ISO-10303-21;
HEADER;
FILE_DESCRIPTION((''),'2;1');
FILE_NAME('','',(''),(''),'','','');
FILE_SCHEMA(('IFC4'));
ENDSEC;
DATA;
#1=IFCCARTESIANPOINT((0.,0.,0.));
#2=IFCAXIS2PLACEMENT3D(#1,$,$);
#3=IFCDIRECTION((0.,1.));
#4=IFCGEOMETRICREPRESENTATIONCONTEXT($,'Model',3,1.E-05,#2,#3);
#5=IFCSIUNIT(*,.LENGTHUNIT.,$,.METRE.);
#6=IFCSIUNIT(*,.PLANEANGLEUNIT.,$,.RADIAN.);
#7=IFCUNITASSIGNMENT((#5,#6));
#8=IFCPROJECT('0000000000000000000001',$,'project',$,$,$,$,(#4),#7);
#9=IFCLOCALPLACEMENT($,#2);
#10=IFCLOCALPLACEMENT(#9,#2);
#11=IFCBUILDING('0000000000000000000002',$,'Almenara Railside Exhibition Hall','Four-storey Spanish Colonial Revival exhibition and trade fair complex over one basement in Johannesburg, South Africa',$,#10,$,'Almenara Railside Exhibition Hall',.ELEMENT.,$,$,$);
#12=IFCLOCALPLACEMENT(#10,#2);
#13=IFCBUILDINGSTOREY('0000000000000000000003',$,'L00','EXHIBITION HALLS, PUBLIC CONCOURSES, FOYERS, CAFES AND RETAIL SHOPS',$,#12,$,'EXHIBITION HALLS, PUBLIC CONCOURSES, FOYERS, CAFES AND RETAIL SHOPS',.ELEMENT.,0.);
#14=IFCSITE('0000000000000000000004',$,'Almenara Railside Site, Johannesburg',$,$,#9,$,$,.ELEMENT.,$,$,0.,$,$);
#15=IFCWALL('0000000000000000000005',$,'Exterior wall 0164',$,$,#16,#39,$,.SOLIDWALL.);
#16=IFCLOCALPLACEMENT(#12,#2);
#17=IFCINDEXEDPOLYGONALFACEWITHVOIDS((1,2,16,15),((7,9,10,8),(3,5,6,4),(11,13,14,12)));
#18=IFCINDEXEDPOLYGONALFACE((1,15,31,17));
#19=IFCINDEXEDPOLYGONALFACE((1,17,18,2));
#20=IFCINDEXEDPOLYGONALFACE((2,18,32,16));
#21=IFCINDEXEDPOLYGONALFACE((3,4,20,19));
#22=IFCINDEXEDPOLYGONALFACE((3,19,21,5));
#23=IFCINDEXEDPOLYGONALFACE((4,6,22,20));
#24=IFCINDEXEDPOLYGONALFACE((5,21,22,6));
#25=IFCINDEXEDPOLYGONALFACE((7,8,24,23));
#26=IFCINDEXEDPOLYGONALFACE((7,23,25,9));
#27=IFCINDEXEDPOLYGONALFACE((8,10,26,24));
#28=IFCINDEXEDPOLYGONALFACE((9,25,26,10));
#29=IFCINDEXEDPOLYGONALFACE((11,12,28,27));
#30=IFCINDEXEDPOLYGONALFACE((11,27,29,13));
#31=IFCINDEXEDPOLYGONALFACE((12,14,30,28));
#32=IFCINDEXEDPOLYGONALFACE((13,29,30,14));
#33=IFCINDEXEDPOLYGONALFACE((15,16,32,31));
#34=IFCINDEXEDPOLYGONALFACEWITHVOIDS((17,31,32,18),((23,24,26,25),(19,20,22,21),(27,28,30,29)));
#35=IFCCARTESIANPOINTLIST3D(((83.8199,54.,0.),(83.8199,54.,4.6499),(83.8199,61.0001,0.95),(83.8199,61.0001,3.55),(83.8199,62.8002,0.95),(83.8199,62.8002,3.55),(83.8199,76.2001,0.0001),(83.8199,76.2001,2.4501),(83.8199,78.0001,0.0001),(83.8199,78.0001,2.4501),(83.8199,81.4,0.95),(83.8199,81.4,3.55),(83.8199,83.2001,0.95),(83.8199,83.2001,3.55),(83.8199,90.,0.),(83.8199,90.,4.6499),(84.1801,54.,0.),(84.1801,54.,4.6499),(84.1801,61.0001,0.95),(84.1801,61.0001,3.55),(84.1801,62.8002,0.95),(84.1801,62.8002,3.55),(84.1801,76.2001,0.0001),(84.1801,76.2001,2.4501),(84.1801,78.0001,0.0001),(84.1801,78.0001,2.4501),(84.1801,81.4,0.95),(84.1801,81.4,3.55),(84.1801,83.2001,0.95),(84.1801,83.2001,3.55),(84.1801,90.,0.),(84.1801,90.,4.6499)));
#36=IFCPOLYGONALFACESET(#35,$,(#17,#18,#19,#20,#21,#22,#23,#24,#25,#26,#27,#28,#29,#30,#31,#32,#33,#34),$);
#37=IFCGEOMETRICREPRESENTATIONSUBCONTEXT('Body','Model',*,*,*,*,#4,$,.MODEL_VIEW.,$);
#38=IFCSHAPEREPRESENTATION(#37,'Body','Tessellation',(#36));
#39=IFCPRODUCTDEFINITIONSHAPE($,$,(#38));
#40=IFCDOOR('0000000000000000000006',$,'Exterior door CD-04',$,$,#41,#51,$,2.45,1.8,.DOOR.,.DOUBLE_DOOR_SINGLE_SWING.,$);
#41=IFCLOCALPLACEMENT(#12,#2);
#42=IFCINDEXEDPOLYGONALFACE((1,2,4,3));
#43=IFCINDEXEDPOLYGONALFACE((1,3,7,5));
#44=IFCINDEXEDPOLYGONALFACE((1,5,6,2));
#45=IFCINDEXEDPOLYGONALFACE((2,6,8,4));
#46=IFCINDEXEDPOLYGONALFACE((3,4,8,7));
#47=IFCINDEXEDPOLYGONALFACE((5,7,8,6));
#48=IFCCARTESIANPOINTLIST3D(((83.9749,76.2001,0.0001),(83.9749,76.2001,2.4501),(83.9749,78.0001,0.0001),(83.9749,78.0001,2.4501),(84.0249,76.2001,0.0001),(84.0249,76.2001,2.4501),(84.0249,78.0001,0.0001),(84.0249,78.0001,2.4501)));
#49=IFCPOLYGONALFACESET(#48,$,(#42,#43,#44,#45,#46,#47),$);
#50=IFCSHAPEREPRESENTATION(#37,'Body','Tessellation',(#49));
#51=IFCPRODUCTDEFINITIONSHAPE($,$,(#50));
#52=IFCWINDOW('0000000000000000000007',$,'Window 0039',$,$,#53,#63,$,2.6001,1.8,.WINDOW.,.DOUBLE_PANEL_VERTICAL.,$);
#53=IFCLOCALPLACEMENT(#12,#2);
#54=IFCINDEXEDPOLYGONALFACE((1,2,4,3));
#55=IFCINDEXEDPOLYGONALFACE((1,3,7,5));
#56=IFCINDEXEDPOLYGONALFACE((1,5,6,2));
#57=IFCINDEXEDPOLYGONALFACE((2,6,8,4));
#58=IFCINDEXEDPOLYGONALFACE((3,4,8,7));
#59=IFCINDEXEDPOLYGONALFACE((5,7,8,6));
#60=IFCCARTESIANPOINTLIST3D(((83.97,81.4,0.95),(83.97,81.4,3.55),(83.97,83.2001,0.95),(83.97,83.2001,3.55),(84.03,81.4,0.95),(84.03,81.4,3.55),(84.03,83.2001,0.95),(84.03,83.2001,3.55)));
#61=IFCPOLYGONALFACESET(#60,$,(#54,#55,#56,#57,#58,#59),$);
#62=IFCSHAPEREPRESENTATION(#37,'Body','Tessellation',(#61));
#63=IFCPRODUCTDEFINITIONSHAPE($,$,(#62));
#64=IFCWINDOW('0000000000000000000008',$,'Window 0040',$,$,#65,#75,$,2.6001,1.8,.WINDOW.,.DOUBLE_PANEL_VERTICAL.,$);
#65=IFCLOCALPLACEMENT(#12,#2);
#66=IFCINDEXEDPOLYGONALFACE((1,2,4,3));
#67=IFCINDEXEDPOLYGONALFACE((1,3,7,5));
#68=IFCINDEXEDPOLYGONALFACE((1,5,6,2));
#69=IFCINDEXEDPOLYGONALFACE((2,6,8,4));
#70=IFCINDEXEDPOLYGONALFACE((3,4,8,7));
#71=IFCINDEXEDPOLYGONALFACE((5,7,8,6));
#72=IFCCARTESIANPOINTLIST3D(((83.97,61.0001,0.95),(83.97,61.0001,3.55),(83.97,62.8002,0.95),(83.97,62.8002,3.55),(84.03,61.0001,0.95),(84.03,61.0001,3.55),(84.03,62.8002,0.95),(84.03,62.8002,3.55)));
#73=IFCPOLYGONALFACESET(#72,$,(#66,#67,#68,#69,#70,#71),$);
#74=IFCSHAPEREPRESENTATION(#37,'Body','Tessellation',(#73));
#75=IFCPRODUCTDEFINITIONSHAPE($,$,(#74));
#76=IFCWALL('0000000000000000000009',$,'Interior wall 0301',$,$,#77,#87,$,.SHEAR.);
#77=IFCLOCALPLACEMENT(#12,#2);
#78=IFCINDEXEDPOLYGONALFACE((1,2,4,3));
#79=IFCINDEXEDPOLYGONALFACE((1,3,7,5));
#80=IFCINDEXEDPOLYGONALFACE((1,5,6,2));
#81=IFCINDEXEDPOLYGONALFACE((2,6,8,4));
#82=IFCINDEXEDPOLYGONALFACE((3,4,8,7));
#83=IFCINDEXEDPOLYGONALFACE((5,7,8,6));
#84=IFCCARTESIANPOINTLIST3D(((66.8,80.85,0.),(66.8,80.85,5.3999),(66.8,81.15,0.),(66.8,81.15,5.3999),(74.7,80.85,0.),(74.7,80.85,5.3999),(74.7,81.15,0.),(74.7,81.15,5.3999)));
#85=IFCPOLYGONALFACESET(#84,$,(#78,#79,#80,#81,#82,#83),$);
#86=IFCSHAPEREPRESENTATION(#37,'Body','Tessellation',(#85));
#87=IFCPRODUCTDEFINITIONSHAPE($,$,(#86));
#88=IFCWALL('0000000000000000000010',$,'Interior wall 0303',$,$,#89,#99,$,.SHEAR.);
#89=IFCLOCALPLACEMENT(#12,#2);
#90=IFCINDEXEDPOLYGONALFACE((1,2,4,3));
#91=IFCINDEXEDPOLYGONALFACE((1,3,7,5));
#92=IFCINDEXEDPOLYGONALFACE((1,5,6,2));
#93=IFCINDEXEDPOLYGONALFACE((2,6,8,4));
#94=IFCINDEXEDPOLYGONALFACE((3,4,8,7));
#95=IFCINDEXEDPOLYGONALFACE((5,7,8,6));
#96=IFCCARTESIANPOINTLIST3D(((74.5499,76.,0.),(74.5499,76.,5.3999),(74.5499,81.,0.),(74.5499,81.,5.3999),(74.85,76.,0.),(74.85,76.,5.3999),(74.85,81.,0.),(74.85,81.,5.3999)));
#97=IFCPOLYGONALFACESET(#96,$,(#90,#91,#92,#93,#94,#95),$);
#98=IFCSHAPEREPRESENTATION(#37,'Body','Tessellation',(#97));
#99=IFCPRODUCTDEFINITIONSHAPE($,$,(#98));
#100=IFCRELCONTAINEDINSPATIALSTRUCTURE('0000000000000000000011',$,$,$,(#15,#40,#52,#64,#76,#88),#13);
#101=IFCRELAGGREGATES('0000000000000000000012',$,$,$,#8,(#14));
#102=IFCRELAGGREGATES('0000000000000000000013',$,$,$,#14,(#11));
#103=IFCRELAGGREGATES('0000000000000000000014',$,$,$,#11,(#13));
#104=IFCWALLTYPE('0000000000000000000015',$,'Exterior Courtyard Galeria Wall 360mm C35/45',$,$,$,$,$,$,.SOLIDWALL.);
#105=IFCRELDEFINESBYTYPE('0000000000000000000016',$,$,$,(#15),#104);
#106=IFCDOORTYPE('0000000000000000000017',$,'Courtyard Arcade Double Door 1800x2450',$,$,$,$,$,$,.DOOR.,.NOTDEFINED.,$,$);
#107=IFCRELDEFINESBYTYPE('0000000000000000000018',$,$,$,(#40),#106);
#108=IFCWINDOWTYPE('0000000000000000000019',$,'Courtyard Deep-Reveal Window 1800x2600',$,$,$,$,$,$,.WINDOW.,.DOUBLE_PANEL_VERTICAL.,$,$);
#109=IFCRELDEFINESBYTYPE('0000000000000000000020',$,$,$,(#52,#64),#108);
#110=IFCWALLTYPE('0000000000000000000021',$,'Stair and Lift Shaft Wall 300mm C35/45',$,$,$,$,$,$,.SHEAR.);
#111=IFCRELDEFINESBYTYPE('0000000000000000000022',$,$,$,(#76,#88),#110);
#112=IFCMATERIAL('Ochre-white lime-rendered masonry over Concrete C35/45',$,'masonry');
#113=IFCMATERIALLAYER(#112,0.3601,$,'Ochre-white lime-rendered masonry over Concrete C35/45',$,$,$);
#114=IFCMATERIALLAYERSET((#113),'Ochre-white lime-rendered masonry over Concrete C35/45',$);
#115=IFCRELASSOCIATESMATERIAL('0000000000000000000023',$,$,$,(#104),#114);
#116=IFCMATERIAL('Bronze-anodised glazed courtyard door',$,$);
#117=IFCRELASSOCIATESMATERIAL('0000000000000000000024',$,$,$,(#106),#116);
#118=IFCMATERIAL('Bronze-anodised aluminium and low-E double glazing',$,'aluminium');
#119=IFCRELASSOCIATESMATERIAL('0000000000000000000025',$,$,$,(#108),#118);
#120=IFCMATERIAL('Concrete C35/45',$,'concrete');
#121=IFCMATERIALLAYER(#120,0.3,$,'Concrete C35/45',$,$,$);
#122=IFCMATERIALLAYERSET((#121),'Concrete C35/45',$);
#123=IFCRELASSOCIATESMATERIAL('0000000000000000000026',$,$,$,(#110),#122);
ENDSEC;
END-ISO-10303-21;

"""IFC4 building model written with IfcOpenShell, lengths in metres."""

from ifc_helpers import new_model, si_unit, direction, frame, frame_2d, origin, place, context, subcontext, project, spatial, rectangle, extrude, material, layer, layer_set, type_object, element, fill, save


model = new_model("IFC4")

# Units and contexts
model_context = context("Model", 3, precision=1e-05, world=origin(), true_north=direction((0.0, 1.0)))
body_context = subcontext(model_context, "Body", "Model", "MODEL_VIEW")
ifc_project = project(units=[si_unit("LENGTHUNIT", "METRE"), si_unit("PLANEANGLEUNIT", "RADIAN")], contexts=[model_context])

# Site, building, storey
site_placement = place(None, origin())
site = spatial("IfcSite", under=ifc_project, at=site_placement, Name="Almenara Railside Site, Johannesburg", CompositionType="ELEMENT", RefElevation=0.0)
building_placement = place(site_placement, origin())
building = spatial("IfcBuilding", under=site, at=building_placement, Name="Almenara Railside Exhibition Hall", Description="Four-storey Spanish Colonial Revival exhibition and trade fair complex over one basement in Johannesburg, South Africa", LongName="Almenara Railside Exhibition Hall", CompositionType="ELEMENT")
storey_placement = place(building_placement, origin())
storey = spatial("IfcBuildingStorey", under=building, at=storey_placement, Name="L00", Description="EXHIBITION HALLS, PUBLIC CONCOURSES, FOYERS, CAFES AND RETAIL SHOPS", LongName="EXHIBITION HALLS, PUBLIC CONCOURSES, FOYERS, CAFES AND RETAIL SHOPS", CompositionType="ELEMENT", Elevation=0.0)

# Wall, openings, door, windows
ifc_material_1 = material(Name="Ochre-white lime-rendered masonry over Concrete C35/45", Category="masonry")
ifc_layer_1 = layer(ifc_material_1, 0.3601, Name="Ochre-white lime-rendered masonry over Concrete C35/45")
ifc_layer_set_1 = layer_set([ifc_layer_1], Name="Ochre-white lime-rendered masonry over Concrete C35/45")
wall_type_1 = type_object("IfcWallType", Name="Exterior Courtyard Galeria Wall 360mm C35/45", PredefinedType="SOLIDWALL", material=ifc_layer_set_1)
ifc_material_2 = material(Name="Bronze-anodised glazed courtyard door")
door_type = type_object("IfcDoorType", Name="Courtyard Arcade Double Door 1800x2450", OperationType="NOTDEFINED", PredefinedType="DOOR", material=ifc_material_2)
ifc_material_3 = material(Name="Bronze-anodised aluminium and low-E double glazing", Category="aluminium")
window_type = type_object("IfcWindowType", Name="Courtyard Deep-Reveal Window 1800x2600", PartitioningType="DOUBLE_PANEL_VERTICAL", PredefinedType="WINDOW", material=ifc_material_3)
wall_1_placement = place(storey_placement, frame((84.0, 90.0, 0.0), z_axis=(0.0, 0.0, 1.0), x_axis=(0.0, -1.0, 0.0)))
wall_1 = element("IfcWall", 1, at=wall_1_placement, inside=storey, type_object=wall_type_1, Name="Exterior wall 0164", PredefinedType="SOLIDWALL", context=body_context, shape_type="SweptSolid", body=[
    extrude(rectangle(XDim=36.0, YDim=0.3601, at=frame_2d((18.0, 0.0))), origin(), (0.0, 0.0, 1.0), 4.6499),
])
opening_1_placement = place(wall_1_placement, frame((12.0, 0.0, 0.0)))
opening_1 = element("IfcOpeningElement", 2, at=opening_1_placement, cuts=wall_1, PredefinedType="OPENING", context=body_context, shape_type="SweptSolid", body=[
    extrude(rectangle(XDim=1.8, YDim=2.45, at=frame_2d((0.8999, 1.2251))), frame((0.0, 0.1899, 0.0), z_axis=(0.0, -1.0, 0.0), x_axis=(1.0, 0.0, 0.0)), (0.0, 0.0, 1.0), 0.3801),
])
opening_2_placement = place(wall_1_placement, frame((6.8, 0.0, 0.95)))
opening_2 = element("IfcOpeningElement", 3, at=opening_2_placement, cuts=wall_1, PredefinedType="OPENING", context=body_context, shape_type="SweptSolid", body=[
    extrude(rectangle(XDim=1.8, YDim=2.6001, at=frame_2d((0.8999, 1.3))), frame((0.0, 0.1899, 0.0), z_axis=(0.0, -1.0, 0.0), x_axis=(1.0, 0.0, 0.0)), (0.0, 0.0, 1.0), 0.3801),
])
opening_3_placement = place(wall_1_placement, frame((27.2, 0.0, 0.95)))
opening_3 = element("IfcOpeningElement", 4, at=opening_3_placement, cuts=wall_1, PredefinedType="OPENING", context=body_context, shape_type="SweptSolid", body=[
    extrude(rectangle(XDim=1.8, YDim=2.6001, at=frame_2d((0.8999, 1.3))), frame((0.0, 0.1899, 0.0), z_axis=(0.0, -1.0, 0.0), x_axis=(1.0, 0.0, 0.0)), (0.0, 0.0, 1.0), 0.3801),
])
door_1_placement = place(opening_1_placement, origin())
door_1 = element("IfcDoor", 5, at=door_1_placement, inside=storey, type_object=door_type, Name="Exterior door CD-04", OperationType="DOUBLE_DOOR_SINGLE_SWING", OverallHeight=2.45, OverallWidth=1.8, PredefinedType="DOOR", context=body_context, shape_type="SweptSolid", body=[
    extrude(rectangle(XDim=1.8, YDim=2.45, at=frame_2d((0.8999, 1.2251))), frame((0.0, 0.0249, 0.0), z_axis=(0.0, -1.0, 0.0), x_axis=(1.0, 0.0, 0.0)), (0.0, 0.0, 1.0), 0.05),
])
fill(opening_1, door_1)
window_1_placement = place(opening_2_placement, origin())
window_1 = element("IfcWindow", 6, at=window_1_placement, inside=storey, type_object=window_type, Name="Window 0039", OverallHeight=2.6001, OverallWidth=1.8, PartitioningType="DOUBLE_PANEL_VERTICAL", PredefinedType="WINDOW", context=body_context, shape_type="SweptSolid", body=[
    extrude(rectangle(XDim=1.8, YDim=2.6001, at=frame_2d((0.8999, 1.3))), frame((0.0, 0.03, 0.0), z_axis=(0.0, -1.0, 0.0), x_axis=(1.0, 0.0, 0.0)), (0.0, 0.0, 1.0), 0.0601),
])
fill(opening_2, window_1)
window_2_placement = place(opening_3_placement, origin())
window_2 = element("IfcWindow", 7, at=window_2_placement, inside=storey, type_object=window_type, Name="Window 0040", OverallHeight=2.6001, OverallWidth=1.8, PartitioningType="DOUBLE_PANEL_VERTICAL", PredefinedType="WINDOW", context=body_context, shape_type="SweptSolid", body=[
    extrude(rectangle(XDim=1.8, YDim=2.6001, at=frame_2d((0.8999, 1.3))), frame((0.0, 0.03, 0.0), z_axis=(0.0, -1.0, 0.0), x_axis=(1.0, 0.0, 0.0)), (0.0, 0.0, 1.0), 0.0601),
])
fill(opening_3, window_2)

# Walls
ifc_material_4 = material(Name="Concrete C35/45", Category="concrete")
ifc_layer_2 = layer(ifc_material_4, 0.3, Name="Concrete C35/45")
ifc_layer_set_2 = layer_set([ifc_layer_2], Name="Concrete C35/45")
wall_type_2 = type_object("IfcWallType", Name="Stair and Lift Shaft Wall 300mm C35/45", PredefinedType="SHEAR", material=ifc_layer_set_2)
wall_2_placement = place(storey_placement, frame((74.7, 81.0, 0.0), z_axis=(0.0, 0.0, 1.0), x_axis=(-1.0, 0.0, 0.0)))
element("IfcWall", 8, at=wall_2_placement, inside=storey, type_object=wall_type_2, Name="Interior wall 0301", PredefinedType="SHEAR", context=body_context, shape_type="SweptSolid", body=[
    extrude(rectangle(XDim=7.8999, YDim=0.3, at=frame_2d((3.95, 0.0))), origin(), (0.0, 0.0, 1.0), 5.3999),
])
wall_3_placement = place(storey_placement, frame((74.7, 76.0, 0.0), z_axis=(0.0, 0.0, 1.0), x_axis=(0.0, 1.0, 0.0)))
element("IfcWall", 9, at=wall_3_placement, inside=storey, type_object=wall_type_2, Name="Interior wall 0303", PredefinedType="SHEAR", context=body_context, shape_type="SweptSolid", body=[
    extrude(rectangle(XDim=5.0, YDim=0.3, at=frame_2d((2.5, 0.0))), origin(), (0.0, 0.0, 1.0), 5.3999),
])

save(model, "model.ifc")
